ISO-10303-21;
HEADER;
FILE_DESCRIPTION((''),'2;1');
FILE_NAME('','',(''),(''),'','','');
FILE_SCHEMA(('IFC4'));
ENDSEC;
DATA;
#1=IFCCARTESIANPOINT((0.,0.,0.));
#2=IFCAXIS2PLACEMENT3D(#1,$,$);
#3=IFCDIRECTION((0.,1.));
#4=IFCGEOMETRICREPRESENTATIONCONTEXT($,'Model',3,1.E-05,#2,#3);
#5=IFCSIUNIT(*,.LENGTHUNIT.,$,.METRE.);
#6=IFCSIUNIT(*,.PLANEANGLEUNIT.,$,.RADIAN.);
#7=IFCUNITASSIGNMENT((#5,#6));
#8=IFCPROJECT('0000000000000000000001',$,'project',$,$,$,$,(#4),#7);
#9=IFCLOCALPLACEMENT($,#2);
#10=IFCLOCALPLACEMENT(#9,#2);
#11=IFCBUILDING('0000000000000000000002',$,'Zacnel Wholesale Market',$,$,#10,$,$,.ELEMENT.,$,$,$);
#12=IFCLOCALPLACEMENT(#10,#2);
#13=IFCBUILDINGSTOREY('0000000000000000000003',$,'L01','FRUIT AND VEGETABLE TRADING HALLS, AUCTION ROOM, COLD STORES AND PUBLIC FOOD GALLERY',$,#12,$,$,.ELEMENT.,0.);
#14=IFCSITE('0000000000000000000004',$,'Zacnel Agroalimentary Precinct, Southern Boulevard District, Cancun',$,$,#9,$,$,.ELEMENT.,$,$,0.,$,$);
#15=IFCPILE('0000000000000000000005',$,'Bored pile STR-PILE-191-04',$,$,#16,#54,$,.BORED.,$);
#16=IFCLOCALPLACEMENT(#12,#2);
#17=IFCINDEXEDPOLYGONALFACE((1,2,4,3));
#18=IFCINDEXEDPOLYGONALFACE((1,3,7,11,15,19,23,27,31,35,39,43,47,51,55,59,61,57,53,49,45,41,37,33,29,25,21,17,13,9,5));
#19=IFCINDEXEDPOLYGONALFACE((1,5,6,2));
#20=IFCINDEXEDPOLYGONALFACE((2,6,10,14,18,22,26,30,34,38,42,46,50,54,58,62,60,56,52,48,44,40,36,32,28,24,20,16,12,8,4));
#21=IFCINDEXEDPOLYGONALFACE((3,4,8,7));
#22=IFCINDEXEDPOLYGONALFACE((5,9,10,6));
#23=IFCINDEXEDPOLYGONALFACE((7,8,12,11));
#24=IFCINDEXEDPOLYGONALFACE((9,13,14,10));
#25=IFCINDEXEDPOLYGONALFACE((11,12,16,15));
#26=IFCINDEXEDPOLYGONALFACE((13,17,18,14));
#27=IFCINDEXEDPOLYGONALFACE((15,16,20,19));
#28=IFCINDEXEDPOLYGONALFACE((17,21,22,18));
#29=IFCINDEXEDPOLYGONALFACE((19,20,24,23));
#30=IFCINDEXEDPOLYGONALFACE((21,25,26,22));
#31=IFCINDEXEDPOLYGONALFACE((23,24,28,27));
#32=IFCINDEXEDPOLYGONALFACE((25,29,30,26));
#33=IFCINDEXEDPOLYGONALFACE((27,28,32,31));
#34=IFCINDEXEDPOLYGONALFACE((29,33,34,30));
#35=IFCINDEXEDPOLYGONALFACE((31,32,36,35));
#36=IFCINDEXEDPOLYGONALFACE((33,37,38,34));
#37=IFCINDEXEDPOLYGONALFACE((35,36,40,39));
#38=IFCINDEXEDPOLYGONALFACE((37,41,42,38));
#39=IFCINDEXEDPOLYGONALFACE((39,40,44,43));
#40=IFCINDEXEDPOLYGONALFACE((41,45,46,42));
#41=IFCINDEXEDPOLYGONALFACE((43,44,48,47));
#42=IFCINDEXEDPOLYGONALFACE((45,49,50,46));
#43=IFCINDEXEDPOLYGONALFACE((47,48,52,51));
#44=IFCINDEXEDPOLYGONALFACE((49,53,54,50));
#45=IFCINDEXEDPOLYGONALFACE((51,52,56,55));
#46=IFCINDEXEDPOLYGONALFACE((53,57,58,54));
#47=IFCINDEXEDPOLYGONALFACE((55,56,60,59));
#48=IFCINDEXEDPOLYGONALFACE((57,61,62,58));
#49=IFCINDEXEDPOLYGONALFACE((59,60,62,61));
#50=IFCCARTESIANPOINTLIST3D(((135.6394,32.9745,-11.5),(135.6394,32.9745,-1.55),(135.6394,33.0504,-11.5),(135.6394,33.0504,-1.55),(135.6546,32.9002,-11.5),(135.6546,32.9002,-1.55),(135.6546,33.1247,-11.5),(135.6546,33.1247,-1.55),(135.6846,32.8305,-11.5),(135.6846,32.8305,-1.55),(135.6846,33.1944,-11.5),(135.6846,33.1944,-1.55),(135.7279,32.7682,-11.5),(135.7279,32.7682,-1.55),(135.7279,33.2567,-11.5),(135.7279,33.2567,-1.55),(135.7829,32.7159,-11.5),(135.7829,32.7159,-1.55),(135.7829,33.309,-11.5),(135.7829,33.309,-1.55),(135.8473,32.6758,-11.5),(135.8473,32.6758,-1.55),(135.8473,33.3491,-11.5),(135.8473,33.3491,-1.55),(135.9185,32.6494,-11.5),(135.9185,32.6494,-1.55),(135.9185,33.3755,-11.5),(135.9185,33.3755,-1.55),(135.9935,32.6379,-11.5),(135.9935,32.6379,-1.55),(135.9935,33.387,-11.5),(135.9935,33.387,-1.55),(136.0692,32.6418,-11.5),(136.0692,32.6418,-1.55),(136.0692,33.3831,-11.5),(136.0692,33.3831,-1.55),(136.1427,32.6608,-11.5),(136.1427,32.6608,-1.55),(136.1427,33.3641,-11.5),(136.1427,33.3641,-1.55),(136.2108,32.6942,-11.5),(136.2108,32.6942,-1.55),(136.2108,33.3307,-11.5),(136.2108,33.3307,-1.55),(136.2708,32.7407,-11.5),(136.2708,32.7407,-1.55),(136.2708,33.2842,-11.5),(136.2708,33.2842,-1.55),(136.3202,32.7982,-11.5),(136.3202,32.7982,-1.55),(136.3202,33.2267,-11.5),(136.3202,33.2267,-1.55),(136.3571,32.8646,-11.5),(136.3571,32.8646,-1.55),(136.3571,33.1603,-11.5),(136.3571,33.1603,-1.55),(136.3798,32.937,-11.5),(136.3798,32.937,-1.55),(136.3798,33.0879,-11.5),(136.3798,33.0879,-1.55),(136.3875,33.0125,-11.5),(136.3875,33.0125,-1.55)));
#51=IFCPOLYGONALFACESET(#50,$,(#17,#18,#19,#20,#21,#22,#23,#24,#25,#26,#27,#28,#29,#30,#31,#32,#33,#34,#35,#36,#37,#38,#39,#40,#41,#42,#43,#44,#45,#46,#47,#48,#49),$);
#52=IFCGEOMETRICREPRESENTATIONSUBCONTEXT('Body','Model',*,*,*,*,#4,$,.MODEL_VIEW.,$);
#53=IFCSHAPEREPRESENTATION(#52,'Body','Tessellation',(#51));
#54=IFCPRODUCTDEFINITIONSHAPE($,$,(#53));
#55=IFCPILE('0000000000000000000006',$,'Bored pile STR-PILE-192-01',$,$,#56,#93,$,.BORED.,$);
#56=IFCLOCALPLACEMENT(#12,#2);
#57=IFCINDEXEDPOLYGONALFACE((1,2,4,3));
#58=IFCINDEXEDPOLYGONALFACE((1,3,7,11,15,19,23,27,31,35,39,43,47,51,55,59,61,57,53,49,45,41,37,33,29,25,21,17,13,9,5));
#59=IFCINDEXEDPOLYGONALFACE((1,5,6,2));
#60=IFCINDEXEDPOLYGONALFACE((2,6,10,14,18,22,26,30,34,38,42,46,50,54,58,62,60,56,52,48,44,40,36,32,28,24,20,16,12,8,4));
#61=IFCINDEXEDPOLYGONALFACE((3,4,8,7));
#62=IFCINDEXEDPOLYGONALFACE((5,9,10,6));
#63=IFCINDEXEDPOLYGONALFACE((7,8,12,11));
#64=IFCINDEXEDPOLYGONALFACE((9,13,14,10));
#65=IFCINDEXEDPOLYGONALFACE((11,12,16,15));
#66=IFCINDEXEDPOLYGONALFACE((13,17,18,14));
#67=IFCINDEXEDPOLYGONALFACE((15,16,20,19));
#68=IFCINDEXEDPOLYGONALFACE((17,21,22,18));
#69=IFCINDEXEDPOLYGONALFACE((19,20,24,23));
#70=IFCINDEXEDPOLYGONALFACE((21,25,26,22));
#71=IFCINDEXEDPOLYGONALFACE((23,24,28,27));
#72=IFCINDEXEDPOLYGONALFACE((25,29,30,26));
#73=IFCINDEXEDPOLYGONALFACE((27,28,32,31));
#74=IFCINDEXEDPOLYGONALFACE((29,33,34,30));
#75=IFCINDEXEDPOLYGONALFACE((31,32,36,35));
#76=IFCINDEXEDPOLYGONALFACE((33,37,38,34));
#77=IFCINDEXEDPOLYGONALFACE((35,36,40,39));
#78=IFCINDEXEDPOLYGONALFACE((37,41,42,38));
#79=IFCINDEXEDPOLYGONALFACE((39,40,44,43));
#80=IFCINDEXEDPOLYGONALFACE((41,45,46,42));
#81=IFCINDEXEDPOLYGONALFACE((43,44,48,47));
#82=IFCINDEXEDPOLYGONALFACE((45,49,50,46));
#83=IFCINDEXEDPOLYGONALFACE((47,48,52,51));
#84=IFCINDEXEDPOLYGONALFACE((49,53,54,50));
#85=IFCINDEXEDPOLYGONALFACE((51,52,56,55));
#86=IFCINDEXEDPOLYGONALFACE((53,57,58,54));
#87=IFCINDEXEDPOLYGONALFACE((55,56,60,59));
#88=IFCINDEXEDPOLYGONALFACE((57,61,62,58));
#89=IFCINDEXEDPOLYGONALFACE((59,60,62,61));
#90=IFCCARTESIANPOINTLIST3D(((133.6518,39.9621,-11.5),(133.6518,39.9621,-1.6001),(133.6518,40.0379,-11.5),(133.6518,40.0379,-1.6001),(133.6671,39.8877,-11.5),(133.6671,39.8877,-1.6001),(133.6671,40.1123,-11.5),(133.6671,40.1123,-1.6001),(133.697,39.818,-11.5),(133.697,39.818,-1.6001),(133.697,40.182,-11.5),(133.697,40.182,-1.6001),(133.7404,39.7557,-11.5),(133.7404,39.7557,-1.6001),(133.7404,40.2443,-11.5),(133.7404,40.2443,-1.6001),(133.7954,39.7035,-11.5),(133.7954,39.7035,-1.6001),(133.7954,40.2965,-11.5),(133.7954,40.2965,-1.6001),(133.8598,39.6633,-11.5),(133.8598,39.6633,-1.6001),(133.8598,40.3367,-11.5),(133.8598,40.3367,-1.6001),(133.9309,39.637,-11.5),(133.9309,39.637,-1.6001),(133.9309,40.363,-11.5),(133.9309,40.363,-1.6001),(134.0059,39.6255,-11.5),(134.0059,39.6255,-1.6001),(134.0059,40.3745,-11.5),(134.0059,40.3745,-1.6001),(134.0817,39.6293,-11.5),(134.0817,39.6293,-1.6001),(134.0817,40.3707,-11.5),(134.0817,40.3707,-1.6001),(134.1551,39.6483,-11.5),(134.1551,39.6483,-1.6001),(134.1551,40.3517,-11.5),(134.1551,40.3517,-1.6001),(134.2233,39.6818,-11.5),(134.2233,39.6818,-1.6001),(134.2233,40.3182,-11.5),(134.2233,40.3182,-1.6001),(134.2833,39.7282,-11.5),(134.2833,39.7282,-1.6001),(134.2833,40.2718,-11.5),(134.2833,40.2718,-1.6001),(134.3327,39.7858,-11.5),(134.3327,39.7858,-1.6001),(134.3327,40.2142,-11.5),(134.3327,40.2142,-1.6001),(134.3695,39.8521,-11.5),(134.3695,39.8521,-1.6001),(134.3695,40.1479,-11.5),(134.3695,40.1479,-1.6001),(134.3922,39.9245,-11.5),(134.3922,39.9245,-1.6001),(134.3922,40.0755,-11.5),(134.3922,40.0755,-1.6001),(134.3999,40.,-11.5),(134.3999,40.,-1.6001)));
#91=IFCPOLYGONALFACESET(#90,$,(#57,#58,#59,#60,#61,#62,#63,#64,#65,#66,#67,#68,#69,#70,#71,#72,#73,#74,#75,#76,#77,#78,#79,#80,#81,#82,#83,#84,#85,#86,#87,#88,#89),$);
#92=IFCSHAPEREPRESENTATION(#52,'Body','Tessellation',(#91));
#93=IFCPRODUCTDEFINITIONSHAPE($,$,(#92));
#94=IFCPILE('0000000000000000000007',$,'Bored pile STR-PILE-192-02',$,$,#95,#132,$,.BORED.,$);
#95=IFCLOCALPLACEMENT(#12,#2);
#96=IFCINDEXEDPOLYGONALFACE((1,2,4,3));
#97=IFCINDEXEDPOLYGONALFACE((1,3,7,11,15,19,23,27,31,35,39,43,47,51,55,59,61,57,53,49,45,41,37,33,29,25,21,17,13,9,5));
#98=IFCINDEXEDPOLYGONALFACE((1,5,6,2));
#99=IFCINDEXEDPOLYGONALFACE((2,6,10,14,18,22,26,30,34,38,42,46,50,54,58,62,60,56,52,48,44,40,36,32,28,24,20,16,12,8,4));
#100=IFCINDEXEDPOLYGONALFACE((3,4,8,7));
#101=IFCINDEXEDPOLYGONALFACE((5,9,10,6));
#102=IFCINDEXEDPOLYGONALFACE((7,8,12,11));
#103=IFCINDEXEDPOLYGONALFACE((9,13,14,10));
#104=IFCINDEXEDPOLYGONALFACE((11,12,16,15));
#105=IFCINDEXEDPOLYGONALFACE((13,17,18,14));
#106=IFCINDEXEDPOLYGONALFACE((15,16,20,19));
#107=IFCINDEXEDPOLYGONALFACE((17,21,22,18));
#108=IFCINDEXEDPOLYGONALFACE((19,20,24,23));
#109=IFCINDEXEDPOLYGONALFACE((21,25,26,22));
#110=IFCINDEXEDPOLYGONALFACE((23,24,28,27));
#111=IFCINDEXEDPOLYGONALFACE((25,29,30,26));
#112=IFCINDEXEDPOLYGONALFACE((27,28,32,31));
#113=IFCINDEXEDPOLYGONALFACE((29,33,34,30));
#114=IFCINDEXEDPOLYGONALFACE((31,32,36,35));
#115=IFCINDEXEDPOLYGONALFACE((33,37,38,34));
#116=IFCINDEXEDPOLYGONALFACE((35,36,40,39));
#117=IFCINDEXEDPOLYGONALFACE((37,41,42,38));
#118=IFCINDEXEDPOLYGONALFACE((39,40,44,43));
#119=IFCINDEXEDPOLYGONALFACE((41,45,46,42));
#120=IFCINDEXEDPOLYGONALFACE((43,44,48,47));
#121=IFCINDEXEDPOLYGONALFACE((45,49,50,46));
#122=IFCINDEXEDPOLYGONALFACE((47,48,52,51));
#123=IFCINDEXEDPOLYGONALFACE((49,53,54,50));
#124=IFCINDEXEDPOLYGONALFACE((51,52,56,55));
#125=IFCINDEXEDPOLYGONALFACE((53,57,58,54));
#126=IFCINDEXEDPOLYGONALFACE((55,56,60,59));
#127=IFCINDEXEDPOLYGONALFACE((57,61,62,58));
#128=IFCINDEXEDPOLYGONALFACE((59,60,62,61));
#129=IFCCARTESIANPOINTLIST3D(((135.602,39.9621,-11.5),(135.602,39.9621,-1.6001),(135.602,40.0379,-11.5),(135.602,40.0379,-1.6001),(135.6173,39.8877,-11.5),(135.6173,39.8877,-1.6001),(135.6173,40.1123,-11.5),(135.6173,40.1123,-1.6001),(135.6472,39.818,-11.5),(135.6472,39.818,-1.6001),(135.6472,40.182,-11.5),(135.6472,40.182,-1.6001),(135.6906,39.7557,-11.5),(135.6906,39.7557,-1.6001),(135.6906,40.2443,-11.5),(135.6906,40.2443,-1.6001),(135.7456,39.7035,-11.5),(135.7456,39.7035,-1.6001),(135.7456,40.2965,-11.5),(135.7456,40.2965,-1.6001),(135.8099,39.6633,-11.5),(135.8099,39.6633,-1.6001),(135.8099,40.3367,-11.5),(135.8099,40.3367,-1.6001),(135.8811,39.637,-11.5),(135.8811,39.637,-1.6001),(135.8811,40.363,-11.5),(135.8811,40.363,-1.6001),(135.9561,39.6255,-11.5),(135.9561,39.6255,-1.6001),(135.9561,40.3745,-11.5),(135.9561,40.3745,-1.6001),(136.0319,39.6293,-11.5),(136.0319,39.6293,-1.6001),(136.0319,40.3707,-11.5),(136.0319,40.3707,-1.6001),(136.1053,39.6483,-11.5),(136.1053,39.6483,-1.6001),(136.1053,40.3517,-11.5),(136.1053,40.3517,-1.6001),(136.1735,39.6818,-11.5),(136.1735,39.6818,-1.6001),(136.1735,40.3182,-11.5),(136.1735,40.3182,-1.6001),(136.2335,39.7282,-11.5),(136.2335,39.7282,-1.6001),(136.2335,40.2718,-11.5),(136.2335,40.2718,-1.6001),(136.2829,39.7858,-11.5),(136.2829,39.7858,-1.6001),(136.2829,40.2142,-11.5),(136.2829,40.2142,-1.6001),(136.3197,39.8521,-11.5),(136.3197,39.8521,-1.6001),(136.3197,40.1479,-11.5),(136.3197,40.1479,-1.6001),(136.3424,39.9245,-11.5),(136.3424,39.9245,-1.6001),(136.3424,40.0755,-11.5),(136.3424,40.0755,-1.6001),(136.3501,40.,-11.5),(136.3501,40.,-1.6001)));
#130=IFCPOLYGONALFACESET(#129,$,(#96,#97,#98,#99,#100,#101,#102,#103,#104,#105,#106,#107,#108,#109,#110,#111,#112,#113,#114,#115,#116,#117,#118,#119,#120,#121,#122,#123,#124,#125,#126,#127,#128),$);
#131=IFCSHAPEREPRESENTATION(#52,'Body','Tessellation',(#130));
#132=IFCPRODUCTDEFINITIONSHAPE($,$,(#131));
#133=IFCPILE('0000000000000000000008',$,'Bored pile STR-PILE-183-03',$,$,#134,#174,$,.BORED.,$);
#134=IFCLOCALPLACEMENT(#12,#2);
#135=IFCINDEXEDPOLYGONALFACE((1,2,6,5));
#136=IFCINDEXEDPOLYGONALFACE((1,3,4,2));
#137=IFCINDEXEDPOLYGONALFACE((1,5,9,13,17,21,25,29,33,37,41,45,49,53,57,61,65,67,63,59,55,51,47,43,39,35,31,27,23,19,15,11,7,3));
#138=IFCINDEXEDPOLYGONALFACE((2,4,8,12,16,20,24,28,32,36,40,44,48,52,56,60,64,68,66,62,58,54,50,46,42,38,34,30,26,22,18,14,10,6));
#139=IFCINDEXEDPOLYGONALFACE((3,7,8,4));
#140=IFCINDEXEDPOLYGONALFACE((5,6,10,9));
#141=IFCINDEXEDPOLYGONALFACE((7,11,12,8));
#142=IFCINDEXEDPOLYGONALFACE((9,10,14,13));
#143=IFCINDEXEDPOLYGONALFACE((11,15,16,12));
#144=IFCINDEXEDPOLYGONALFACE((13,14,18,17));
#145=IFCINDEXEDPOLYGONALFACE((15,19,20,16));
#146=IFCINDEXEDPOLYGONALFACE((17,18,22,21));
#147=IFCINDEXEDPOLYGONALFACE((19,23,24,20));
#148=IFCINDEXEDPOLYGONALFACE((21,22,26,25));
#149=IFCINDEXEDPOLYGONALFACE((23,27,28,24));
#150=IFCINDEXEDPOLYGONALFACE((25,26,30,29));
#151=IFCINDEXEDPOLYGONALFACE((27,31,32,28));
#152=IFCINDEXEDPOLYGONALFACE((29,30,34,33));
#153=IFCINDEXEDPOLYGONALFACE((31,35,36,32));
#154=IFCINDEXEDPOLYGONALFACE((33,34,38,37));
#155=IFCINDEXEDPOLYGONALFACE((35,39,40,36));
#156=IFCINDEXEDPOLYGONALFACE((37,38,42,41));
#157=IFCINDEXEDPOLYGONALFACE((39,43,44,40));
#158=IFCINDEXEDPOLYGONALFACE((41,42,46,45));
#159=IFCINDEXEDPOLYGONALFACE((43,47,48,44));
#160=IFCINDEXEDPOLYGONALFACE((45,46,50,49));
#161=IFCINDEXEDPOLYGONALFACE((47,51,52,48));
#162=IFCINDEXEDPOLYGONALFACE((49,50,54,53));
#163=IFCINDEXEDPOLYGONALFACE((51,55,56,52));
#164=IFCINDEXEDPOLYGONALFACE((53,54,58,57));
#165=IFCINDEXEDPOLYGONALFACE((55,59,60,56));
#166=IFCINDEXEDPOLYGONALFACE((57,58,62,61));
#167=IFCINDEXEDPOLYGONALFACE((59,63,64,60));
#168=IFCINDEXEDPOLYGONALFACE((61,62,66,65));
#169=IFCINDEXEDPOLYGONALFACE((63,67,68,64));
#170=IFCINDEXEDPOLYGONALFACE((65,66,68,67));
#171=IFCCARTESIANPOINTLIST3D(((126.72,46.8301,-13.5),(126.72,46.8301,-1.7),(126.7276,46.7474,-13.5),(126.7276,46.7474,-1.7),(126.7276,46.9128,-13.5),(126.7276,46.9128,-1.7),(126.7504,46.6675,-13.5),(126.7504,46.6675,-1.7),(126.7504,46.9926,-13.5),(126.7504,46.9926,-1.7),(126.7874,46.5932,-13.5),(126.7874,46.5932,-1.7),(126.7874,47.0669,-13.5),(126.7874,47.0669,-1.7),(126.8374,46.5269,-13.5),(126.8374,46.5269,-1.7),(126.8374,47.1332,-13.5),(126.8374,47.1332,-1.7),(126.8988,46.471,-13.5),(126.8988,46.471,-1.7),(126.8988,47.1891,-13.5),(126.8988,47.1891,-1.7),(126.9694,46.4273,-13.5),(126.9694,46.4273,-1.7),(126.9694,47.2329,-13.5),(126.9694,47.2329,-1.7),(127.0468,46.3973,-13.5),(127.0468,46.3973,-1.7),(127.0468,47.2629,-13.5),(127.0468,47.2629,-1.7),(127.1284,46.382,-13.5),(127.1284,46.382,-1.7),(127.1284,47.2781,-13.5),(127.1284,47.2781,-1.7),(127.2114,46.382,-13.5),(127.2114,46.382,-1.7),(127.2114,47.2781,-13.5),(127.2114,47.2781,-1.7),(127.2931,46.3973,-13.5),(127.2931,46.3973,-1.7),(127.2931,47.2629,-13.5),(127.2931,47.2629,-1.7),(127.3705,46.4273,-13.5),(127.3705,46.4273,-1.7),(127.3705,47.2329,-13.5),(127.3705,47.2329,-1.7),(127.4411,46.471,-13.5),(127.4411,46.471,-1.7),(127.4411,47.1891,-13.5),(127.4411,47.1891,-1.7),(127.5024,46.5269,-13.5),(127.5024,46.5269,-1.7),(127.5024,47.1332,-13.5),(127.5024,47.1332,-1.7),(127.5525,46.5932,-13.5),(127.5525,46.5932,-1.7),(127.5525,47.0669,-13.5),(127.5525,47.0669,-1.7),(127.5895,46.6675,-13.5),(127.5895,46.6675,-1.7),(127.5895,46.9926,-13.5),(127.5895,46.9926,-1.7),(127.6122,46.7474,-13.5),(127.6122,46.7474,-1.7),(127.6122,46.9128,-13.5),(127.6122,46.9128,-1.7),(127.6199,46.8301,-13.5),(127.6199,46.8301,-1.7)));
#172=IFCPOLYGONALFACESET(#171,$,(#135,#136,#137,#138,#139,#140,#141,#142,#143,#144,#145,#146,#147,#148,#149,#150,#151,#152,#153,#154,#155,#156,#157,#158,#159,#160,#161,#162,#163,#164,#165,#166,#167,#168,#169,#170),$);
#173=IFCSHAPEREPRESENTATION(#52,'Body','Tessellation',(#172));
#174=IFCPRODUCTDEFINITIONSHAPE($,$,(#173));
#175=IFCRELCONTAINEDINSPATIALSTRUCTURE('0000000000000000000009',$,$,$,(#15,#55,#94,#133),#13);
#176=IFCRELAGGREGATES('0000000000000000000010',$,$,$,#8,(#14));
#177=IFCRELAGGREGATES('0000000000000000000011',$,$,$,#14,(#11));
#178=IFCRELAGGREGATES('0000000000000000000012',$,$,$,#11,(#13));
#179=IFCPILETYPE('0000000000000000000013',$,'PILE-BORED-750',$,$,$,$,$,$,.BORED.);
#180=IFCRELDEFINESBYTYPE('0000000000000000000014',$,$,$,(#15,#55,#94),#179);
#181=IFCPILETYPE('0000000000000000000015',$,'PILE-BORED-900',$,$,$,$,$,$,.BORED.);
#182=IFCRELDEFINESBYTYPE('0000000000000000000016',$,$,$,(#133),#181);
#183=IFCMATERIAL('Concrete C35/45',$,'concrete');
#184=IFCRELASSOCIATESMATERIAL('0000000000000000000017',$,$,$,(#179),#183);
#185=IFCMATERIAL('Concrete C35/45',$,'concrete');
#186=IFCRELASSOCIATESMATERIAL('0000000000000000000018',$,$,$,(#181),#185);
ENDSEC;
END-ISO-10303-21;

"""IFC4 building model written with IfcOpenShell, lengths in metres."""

from ifc_helpers import new_model, si_unit, direction, frame, origin, origin_2d, place, context, subcontext, project, spatial, circle, extrude, material, material_profile, profile_set, type_object, element, save


model = new_model("IFC4")

# Units and contexts
model_context = context("Model", 3, precision=1e-05, world=origin(), true_north=direction((0.0, 1.0)))
body_context = subcontext(model_context, "Body", "Model", "MODEL_VIEW")
ifc_project = project(units=[si_unit("LENGTHUNIT", "METRE"), si_unit("PLANEANGLEUNIT", "RADIAN")], contexts=[model_context])

# Site, building, storey
site_placement = place(None, origin())
site = spatial("IfcSite", under=ifc_project, at=site_placement, Name="Zacnel Agroalimentary Precinct, Southern Boulevard District, Cancun", CompositionType="ELEMENT", RefElevation=0.0)
building_placement = place(site_placement, origin())
building = spatial("IfcBuilding", under=site, at=building_placement, Name="Zacnel Wholesale Market", CompositionType="ELEMENT")
storey_placement = place(building_placement, origin())
storey = spatial("IfcBuildingStorey", under=building, at=storey_placement, Name="L01", Description="FRUIT AND VEGETABLE TRADING HALLS, AUCTION ROOM, COLD STORES AND PUBLIC FOOD GALLERY", CompositionType="ELEMENT", Elevation=0.0)

# Piles
ifc_material_1 = material(Name="Concrete C35/45", Category="concrete")
ifc_material_profile_1 = material_profile(ifc_material_1, circle(Radius=0.375, at=origin_2d()), Name="BORED PILE D750")
ifc_profile_set_1 = profile_set([ifc_material_profile_1], Name="Concrete C35/45")
pile_type_1 = type_object("IfcPileType", Name="PILE-BORED-750", PredefinedType="BORED", material=ifc_profile_set_1)
for number, where, z_axis, x_axis, name in (
    (1, (136.0125, 33.0125, -1.55), (0.0, 0.0, -1.0), (1.0, 0.0, 0.0), "Bored pile STR-PILE-191-04"),
):
    element("IfcPile", number, at=place(storey_placement, frame(where, z_axis=z_axis, x_axis=x_axis)), inside=storey, type_object=pile_type_1, Name=name, PredefinedType="BORED", context=body_context, shape_type="SweptSolid", body=[
        extrude(circle(Radius=0.375, at=origin_2d()), origin(), (0.0, 0.0, 1.0), 9.95),
    ])
for number, where, z_axis, x_axis, name in (
    (2, (134.0249, 40.0, -1.6001), (0.0, 0.0, -1.0), (1.0, 0.0, 0.0), "Bored pile STR-PILE-192-01"),
    (3, (135.9751, 40.0, -1.6001), (0.0, 0.0, -1.0), (1.0, 0.0, 0.0), "Bored pile STR-PILE-192-02"),
):
    element("IfcPile", number, at=place(storey_placement, frame(where, z_axis=z_axis, x_axis=x_axis)), inside=storey, type_object=pile_type_1, Name=name, PredefinedType="BORED", context=body_context, shape_type="SweptSolid", body=[
        extrude(circle(Radius=0.375, at=origin_2d()), origin(), (0.0, 0.0, 1.0), 9.8999),
    ])
ifc_material_2 = material(Name="Concrete C35/45", Category="concrete")
ifc_material_profile_2 = material_profile(ifc_material_2, circle(Radius=0.45, at=origin_2d()), Name="BORED PILE D900")
ifc_profile_set_2 = profile_set([ifc_material_profile_2], Name="Concrete C35/45")
pile_type_2 = type_object("IfcPileType", Name="PILE-BORED-900", PredefinedType="BORED", material=ifc_profile_set_2)
for number, where, z_axis, x_axis, name in (
    (4, (127.1699, 46.8301, -1.7), (0.0, 0.0, -1.0), (1.0, 0.0, 0.0), "Bored pile STR-PILE-183-03"),
):
    element("IfcPile", number, at=place(storey_placement, frame(where, z_axis=z_axis, x_axis=x_axis)), inside=storey, type_object=pile_type_2, Name=name, PredefinedType="BORED", context=body_context, shape_type="SweptSolid", body=[
        extrude(circle(Radius=0.45, at=origin_2d()), origin(), (0.0, 0.0, 1.0), 11.8),
    ])

save(model, "model.ifc")
